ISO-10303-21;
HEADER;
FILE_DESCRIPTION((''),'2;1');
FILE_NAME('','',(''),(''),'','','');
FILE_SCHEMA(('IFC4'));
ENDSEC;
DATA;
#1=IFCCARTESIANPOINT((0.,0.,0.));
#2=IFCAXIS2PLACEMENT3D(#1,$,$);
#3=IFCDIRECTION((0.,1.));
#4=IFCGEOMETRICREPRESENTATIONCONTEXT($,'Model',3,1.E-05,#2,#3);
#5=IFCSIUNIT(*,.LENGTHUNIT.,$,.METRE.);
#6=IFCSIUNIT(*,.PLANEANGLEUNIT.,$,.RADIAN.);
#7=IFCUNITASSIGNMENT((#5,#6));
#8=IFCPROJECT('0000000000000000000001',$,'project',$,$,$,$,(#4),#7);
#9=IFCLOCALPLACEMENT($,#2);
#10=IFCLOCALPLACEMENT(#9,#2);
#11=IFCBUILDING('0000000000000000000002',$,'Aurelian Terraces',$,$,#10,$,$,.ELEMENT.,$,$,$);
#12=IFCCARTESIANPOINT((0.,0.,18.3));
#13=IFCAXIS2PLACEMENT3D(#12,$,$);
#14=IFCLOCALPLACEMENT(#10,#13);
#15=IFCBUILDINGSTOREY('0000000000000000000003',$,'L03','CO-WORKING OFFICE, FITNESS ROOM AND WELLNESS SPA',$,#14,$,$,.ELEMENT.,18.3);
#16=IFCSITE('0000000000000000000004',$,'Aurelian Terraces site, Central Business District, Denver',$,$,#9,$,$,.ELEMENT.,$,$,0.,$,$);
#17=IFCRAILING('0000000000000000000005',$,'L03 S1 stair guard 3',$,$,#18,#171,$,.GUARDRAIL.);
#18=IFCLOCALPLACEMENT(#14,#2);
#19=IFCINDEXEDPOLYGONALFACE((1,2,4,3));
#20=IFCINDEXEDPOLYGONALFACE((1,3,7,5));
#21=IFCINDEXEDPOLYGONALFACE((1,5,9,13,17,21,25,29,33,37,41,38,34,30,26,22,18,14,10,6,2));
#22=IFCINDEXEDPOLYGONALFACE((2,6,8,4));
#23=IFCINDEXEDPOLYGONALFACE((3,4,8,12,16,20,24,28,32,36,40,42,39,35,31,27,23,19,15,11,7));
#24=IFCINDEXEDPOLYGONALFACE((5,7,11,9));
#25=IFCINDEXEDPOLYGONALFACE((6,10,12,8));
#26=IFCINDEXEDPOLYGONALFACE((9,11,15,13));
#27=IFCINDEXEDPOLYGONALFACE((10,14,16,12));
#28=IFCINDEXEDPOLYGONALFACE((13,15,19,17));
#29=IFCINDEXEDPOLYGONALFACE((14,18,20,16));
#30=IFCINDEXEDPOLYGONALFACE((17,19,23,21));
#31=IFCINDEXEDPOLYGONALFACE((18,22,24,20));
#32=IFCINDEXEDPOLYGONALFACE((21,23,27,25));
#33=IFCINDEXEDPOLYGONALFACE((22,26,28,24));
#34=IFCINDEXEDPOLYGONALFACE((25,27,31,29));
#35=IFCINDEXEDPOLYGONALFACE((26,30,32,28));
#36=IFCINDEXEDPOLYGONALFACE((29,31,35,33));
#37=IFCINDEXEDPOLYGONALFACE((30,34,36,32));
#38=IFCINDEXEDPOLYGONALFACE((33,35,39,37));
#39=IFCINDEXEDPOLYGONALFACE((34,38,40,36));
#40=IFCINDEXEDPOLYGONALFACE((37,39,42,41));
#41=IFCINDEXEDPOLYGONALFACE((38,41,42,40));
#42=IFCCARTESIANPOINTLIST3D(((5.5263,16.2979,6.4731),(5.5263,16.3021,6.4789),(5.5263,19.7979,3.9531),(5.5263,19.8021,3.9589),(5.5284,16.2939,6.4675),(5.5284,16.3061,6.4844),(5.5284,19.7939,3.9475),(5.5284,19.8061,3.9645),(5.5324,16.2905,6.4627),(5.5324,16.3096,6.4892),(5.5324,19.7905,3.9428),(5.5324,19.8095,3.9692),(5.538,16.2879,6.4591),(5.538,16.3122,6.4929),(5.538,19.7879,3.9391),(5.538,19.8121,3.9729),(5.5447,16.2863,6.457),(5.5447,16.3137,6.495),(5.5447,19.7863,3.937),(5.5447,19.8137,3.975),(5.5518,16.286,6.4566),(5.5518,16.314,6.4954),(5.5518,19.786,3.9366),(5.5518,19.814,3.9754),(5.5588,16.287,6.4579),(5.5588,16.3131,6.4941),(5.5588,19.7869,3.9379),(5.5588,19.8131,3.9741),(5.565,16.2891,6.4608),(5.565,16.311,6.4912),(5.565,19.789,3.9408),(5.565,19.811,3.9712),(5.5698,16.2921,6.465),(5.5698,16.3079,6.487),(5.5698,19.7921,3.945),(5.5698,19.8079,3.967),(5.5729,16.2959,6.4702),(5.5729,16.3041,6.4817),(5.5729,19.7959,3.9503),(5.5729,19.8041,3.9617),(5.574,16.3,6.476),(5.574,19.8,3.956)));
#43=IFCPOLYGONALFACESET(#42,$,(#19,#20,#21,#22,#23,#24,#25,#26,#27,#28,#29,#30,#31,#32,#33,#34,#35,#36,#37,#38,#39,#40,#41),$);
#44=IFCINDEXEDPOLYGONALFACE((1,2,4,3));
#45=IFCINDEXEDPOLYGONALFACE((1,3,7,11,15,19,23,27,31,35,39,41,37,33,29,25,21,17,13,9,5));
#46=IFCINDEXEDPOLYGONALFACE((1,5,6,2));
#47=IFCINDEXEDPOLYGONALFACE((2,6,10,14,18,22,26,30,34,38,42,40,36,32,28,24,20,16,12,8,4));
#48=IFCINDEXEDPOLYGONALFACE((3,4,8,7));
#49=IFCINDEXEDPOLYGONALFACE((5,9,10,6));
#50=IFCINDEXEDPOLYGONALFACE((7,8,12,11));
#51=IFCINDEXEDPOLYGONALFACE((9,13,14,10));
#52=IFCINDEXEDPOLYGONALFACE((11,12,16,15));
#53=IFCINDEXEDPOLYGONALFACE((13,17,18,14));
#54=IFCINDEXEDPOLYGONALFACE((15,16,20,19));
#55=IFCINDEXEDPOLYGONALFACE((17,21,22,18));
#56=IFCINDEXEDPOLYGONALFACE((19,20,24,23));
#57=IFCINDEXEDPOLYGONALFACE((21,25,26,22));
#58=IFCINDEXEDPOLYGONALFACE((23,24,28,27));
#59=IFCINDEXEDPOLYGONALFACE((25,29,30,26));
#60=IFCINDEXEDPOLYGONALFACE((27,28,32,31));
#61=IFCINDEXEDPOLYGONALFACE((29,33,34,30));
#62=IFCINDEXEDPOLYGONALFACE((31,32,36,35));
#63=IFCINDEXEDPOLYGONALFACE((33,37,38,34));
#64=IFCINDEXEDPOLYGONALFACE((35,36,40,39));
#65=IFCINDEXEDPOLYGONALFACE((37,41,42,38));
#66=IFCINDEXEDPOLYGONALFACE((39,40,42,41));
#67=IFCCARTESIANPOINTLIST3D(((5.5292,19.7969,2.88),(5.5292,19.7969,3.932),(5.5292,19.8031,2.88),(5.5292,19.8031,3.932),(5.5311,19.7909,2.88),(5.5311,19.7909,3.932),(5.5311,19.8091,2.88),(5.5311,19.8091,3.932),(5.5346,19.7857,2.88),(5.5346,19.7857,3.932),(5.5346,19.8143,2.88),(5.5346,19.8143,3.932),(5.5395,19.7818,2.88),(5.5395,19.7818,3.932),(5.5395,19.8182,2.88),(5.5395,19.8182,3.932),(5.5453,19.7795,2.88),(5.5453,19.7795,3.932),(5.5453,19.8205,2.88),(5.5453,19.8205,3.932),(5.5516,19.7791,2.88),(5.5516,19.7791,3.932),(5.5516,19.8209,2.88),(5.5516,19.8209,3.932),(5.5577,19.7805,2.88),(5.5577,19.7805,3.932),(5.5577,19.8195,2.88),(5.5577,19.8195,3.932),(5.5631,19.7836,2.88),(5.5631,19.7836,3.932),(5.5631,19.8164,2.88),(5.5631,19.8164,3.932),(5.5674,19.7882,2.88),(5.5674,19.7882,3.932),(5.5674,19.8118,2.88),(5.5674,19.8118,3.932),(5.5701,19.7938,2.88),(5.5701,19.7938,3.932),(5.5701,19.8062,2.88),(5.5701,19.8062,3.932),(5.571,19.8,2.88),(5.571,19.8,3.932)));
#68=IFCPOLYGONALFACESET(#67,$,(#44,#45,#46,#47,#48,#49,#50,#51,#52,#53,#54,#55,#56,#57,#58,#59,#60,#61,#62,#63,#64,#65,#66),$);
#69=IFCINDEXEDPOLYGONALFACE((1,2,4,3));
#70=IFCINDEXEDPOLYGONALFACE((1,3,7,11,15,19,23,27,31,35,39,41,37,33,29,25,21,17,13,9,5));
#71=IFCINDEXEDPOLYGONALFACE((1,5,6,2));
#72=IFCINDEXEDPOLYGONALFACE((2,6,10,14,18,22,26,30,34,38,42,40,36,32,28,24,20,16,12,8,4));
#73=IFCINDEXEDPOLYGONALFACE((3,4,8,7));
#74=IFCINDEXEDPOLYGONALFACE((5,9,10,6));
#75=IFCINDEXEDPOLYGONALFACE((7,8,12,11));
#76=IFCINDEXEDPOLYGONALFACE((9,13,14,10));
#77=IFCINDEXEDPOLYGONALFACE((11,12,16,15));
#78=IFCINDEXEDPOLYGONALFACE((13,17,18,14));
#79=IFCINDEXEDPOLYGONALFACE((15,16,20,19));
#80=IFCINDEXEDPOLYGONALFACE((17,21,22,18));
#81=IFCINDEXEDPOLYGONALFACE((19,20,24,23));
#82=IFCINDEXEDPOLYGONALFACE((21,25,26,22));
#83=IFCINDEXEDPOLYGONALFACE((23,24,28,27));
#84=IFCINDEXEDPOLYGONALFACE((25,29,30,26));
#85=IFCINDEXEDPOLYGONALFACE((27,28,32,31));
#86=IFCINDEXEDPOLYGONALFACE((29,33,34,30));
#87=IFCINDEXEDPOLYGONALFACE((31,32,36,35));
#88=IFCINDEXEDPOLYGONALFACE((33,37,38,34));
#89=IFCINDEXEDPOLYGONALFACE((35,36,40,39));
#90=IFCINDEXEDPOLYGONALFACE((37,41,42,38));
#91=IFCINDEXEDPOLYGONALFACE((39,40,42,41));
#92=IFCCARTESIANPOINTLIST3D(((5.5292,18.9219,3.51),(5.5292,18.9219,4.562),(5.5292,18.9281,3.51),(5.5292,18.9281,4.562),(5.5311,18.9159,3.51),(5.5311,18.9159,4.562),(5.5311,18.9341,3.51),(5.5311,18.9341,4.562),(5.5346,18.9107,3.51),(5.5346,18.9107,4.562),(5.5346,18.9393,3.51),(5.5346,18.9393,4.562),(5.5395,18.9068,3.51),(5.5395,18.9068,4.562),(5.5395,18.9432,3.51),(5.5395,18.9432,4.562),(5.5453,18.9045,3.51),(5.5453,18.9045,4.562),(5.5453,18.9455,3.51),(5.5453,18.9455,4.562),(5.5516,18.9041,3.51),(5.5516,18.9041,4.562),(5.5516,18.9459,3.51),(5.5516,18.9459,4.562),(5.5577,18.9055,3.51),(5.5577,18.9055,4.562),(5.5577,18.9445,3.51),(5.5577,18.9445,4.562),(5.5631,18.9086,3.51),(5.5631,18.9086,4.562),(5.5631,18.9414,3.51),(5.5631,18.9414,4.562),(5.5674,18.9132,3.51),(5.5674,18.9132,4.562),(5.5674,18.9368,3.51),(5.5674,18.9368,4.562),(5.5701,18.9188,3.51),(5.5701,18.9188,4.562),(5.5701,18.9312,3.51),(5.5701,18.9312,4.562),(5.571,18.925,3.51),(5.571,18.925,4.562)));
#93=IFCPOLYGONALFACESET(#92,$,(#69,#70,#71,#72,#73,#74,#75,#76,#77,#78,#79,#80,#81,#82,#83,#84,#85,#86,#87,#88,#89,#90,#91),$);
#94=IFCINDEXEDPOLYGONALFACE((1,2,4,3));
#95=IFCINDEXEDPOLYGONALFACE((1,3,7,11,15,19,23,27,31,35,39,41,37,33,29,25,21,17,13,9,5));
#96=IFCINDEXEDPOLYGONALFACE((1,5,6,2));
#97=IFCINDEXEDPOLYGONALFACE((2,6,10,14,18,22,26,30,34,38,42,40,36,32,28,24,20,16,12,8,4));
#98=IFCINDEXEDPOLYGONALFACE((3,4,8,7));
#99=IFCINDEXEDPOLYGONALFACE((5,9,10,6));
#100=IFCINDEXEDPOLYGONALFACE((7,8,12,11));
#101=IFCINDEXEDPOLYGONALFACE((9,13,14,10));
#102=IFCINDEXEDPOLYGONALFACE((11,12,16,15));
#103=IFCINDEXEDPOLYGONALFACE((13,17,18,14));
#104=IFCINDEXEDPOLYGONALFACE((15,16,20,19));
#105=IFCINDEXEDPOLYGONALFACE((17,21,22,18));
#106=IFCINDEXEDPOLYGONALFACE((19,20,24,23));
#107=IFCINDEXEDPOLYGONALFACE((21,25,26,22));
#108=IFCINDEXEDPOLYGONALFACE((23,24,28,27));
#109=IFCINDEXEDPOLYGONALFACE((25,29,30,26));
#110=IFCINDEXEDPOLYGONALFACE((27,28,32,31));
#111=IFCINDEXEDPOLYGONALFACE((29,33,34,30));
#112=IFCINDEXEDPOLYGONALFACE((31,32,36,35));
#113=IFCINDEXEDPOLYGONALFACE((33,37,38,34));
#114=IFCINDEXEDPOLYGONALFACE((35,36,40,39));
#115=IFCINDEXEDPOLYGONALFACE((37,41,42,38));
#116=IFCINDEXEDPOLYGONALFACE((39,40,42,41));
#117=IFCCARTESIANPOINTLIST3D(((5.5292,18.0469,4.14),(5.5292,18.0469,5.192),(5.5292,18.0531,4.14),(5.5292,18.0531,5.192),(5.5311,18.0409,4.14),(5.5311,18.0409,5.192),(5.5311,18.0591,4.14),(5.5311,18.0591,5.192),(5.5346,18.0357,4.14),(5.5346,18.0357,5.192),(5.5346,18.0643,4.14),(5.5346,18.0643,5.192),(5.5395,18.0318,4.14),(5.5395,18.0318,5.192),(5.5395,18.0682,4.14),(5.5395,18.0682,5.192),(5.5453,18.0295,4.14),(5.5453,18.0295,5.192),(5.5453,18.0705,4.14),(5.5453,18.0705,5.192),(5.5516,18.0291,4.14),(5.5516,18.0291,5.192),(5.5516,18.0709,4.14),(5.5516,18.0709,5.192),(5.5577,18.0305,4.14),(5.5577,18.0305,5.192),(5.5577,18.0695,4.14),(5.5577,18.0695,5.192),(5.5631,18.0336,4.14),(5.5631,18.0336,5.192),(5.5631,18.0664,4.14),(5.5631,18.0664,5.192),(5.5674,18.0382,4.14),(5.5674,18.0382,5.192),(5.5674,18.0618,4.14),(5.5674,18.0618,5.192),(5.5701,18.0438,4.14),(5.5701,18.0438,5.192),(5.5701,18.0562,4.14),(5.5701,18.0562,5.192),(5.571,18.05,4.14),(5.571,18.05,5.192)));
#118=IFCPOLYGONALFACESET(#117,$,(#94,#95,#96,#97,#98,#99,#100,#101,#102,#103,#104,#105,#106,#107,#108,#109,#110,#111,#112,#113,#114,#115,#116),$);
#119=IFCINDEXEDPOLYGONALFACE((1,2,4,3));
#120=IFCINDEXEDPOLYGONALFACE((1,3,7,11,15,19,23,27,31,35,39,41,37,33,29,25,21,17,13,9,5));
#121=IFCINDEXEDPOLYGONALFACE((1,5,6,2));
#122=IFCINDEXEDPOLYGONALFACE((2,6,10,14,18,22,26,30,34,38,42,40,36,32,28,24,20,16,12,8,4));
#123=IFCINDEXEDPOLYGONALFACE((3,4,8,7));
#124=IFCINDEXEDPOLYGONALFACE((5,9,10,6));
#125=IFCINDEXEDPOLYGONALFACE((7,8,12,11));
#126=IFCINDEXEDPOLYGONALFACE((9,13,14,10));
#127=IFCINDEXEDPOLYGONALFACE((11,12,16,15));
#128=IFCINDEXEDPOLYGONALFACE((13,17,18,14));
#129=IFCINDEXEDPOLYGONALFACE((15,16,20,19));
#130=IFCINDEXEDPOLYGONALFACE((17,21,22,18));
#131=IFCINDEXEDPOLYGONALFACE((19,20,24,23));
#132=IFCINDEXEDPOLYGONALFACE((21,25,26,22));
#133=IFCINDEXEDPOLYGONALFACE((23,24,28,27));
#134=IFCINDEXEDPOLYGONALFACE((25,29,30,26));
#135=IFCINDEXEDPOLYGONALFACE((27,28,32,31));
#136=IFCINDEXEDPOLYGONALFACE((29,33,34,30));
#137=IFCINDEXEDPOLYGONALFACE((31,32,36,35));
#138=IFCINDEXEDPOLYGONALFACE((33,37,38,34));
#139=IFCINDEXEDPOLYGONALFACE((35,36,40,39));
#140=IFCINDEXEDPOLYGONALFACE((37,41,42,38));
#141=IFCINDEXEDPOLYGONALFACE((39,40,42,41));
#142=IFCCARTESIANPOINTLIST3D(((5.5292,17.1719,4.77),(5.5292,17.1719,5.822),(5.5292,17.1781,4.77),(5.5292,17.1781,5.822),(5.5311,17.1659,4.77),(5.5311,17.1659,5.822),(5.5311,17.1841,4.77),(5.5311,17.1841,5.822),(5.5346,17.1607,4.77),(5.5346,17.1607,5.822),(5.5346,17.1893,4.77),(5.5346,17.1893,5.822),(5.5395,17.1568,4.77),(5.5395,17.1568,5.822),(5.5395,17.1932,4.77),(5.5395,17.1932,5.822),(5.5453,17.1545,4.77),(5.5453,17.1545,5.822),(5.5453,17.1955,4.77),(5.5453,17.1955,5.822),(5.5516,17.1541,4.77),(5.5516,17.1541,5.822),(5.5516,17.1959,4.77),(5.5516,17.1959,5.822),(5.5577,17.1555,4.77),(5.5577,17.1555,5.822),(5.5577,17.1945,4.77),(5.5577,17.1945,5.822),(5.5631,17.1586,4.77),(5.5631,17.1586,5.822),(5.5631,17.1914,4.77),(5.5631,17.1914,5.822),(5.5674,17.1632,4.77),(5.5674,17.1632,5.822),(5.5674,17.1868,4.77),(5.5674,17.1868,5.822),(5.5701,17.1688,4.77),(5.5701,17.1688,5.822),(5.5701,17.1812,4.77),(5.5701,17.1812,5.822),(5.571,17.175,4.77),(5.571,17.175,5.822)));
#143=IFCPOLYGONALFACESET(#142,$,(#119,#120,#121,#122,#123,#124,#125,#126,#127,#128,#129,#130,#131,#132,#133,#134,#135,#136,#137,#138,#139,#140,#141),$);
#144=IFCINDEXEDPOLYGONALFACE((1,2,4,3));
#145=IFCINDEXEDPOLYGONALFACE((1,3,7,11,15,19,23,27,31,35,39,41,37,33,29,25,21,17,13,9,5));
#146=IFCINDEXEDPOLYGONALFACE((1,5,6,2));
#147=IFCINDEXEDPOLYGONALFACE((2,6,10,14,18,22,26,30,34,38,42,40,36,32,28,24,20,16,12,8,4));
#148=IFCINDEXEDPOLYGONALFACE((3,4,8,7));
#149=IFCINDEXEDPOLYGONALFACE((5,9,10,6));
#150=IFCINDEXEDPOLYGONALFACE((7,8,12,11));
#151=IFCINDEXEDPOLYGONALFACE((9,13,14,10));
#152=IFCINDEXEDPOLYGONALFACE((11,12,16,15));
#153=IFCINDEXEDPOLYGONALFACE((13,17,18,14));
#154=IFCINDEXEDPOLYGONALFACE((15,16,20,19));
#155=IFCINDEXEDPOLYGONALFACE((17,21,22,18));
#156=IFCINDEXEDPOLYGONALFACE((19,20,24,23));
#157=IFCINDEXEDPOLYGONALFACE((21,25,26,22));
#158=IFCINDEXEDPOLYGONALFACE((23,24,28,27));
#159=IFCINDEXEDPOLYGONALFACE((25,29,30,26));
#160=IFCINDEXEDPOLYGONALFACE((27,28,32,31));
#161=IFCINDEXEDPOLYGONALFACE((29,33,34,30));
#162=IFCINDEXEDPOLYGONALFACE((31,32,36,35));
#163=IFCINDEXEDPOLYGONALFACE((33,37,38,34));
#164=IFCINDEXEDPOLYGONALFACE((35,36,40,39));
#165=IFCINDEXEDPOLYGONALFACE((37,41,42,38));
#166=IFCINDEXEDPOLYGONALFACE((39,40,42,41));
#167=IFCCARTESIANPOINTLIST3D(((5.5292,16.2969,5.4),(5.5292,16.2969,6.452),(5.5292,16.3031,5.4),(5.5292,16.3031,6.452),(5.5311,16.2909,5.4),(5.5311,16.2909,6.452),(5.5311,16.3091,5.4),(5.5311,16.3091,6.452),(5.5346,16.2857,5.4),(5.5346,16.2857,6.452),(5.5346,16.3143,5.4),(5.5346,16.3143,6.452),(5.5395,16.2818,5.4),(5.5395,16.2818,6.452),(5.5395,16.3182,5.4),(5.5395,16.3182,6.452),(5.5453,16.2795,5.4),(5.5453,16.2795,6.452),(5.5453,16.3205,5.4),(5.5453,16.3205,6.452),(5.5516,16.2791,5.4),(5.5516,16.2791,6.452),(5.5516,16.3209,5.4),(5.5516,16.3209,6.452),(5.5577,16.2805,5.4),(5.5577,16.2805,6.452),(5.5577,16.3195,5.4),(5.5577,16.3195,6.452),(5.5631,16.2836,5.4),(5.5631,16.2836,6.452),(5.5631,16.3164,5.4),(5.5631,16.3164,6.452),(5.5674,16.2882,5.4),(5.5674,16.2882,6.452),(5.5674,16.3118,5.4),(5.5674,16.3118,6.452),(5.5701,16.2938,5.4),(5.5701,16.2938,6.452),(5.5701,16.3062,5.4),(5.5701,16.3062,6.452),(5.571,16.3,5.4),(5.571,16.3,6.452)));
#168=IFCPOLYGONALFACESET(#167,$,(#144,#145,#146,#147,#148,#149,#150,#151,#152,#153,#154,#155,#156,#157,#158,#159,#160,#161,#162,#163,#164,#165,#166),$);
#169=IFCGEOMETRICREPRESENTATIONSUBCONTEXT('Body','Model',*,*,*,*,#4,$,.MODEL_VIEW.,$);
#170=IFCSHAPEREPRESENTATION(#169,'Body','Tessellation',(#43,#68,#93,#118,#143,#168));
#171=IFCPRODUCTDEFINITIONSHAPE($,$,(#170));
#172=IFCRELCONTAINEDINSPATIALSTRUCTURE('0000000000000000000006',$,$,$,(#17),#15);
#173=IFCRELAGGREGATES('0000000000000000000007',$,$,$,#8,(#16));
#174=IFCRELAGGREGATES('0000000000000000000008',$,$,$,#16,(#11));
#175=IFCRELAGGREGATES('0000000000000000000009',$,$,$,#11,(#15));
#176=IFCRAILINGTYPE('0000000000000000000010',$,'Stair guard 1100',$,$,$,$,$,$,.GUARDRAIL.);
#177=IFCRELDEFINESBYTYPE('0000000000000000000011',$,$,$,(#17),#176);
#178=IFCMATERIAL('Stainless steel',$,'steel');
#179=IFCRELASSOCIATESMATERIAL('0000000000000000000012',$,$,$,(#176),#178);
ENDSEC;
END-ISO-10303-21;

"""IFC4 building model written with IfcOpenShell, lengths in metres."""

from ifc_helpers import new_model, si_unit, direction, frame, origin, origin_2d, place, context, subcontext, project, spatial, circle, extrude, source, transform, mapped, material, type_object, element, save


model = new_model("IFC4")

# Units and contexts
model_context = context("Model", 3, precision=1e-05, world=origin(), true_north=direction((0.0, 1.0)))
body_context = subcontext(model_context, "Body", "Model", "MODEL_VIEW")
ifc_project = project(units=[si_unit("LENGTHUNIT", "METRE"), si_unit("PLANEANGLEUNIT", "RADIAN")], contexts=[model_context])

# Site, building, storey
site_placement = place(None, origin())
site = spatial("IfcSite", under=ifc_project, at=site_placement, Name="Aurelian Terraces site, Central Business District, Denver", CompositionType="ELEMENT", RefElevation=0.0)
building_placement = place(site_placement, origin())
building = spatial("IfcBuilding", under=site, at=building_placement, Name="Aurelian Terraces", CompositionType="ELEMENT")
storey_placement = place(building_placement, frame((0.0, 0.0, 18.3)))
storey = spatial("IfcBuildingStorey", under=building, at=storey_placement, Name="L03", Description="CO-WORKING OFFICE, FITNESS ROOM AND WELLNESS SPA", CompositionType="ELEMENT", Elevation=18.3)

# Railing
ifc_material_1 = material(Name="Stainless steel", Category="steel")
railing_type_1 = type_object("IfcRailingType", Name="Stair guard 1100", PredefinedType="GUARDRAIL", material=ifc_material_1)
shared_shape_1 = source(origin(), body_context, "Body", "SweptSolid", [
    extrude(circle(Radius=0.024, at=origin_2d()), frame((0.0, 0.0, 1.076), z_axis=(0.0, -0.811534, 0.584305), x_axis=(1.0, 0.0, 0.0)), (0.0, 0.0, 1.0), 4.3128),
    extrude(circle(Radius=0.021, at=origin_2d()), origin(), (0.0, 0.0, 1.0), 1.052),
    extrude(circle(Radius=0.021, at=origin_2d()), frame((0.0, -0.875, 0.63)), (0.0, 0.0, 1.0), 1.052),
    extrude(circle(Radius=0.021, at=origin_2d()), frame((0.0, -1.75, 1.26)), (0.0, 0.0, 1.0), 1.052),
    extrude(circle(Radius=0.021, at=origin_2d()), frame((0.0, -2.625, 1.89)), (0.0, 0.0, 1.0), 1.052),
    extrude(circle(Radius=0.021, at=origin_2d()), frame((0.0, -3.5, 2.52)), (0.0, 0.0, 1.0), 1.052),
])
railing_1_placement = place(storey_placement, frame((5.55, 19.8, 2.88)))
element("IfcRailing", 1, at=railing_1_placement, inside=storey, type_object=railing_type_1, Name="L03 S1 stair guard 3", PredefinedType="GUARDRAIL", context=body_context, shape_type="MappedRepresentation", body=[
    mapped(shared_shape_1, transform((0.0, 0.0, 0.0), scale=1.0)),
])

save(model, "model.ifc")
